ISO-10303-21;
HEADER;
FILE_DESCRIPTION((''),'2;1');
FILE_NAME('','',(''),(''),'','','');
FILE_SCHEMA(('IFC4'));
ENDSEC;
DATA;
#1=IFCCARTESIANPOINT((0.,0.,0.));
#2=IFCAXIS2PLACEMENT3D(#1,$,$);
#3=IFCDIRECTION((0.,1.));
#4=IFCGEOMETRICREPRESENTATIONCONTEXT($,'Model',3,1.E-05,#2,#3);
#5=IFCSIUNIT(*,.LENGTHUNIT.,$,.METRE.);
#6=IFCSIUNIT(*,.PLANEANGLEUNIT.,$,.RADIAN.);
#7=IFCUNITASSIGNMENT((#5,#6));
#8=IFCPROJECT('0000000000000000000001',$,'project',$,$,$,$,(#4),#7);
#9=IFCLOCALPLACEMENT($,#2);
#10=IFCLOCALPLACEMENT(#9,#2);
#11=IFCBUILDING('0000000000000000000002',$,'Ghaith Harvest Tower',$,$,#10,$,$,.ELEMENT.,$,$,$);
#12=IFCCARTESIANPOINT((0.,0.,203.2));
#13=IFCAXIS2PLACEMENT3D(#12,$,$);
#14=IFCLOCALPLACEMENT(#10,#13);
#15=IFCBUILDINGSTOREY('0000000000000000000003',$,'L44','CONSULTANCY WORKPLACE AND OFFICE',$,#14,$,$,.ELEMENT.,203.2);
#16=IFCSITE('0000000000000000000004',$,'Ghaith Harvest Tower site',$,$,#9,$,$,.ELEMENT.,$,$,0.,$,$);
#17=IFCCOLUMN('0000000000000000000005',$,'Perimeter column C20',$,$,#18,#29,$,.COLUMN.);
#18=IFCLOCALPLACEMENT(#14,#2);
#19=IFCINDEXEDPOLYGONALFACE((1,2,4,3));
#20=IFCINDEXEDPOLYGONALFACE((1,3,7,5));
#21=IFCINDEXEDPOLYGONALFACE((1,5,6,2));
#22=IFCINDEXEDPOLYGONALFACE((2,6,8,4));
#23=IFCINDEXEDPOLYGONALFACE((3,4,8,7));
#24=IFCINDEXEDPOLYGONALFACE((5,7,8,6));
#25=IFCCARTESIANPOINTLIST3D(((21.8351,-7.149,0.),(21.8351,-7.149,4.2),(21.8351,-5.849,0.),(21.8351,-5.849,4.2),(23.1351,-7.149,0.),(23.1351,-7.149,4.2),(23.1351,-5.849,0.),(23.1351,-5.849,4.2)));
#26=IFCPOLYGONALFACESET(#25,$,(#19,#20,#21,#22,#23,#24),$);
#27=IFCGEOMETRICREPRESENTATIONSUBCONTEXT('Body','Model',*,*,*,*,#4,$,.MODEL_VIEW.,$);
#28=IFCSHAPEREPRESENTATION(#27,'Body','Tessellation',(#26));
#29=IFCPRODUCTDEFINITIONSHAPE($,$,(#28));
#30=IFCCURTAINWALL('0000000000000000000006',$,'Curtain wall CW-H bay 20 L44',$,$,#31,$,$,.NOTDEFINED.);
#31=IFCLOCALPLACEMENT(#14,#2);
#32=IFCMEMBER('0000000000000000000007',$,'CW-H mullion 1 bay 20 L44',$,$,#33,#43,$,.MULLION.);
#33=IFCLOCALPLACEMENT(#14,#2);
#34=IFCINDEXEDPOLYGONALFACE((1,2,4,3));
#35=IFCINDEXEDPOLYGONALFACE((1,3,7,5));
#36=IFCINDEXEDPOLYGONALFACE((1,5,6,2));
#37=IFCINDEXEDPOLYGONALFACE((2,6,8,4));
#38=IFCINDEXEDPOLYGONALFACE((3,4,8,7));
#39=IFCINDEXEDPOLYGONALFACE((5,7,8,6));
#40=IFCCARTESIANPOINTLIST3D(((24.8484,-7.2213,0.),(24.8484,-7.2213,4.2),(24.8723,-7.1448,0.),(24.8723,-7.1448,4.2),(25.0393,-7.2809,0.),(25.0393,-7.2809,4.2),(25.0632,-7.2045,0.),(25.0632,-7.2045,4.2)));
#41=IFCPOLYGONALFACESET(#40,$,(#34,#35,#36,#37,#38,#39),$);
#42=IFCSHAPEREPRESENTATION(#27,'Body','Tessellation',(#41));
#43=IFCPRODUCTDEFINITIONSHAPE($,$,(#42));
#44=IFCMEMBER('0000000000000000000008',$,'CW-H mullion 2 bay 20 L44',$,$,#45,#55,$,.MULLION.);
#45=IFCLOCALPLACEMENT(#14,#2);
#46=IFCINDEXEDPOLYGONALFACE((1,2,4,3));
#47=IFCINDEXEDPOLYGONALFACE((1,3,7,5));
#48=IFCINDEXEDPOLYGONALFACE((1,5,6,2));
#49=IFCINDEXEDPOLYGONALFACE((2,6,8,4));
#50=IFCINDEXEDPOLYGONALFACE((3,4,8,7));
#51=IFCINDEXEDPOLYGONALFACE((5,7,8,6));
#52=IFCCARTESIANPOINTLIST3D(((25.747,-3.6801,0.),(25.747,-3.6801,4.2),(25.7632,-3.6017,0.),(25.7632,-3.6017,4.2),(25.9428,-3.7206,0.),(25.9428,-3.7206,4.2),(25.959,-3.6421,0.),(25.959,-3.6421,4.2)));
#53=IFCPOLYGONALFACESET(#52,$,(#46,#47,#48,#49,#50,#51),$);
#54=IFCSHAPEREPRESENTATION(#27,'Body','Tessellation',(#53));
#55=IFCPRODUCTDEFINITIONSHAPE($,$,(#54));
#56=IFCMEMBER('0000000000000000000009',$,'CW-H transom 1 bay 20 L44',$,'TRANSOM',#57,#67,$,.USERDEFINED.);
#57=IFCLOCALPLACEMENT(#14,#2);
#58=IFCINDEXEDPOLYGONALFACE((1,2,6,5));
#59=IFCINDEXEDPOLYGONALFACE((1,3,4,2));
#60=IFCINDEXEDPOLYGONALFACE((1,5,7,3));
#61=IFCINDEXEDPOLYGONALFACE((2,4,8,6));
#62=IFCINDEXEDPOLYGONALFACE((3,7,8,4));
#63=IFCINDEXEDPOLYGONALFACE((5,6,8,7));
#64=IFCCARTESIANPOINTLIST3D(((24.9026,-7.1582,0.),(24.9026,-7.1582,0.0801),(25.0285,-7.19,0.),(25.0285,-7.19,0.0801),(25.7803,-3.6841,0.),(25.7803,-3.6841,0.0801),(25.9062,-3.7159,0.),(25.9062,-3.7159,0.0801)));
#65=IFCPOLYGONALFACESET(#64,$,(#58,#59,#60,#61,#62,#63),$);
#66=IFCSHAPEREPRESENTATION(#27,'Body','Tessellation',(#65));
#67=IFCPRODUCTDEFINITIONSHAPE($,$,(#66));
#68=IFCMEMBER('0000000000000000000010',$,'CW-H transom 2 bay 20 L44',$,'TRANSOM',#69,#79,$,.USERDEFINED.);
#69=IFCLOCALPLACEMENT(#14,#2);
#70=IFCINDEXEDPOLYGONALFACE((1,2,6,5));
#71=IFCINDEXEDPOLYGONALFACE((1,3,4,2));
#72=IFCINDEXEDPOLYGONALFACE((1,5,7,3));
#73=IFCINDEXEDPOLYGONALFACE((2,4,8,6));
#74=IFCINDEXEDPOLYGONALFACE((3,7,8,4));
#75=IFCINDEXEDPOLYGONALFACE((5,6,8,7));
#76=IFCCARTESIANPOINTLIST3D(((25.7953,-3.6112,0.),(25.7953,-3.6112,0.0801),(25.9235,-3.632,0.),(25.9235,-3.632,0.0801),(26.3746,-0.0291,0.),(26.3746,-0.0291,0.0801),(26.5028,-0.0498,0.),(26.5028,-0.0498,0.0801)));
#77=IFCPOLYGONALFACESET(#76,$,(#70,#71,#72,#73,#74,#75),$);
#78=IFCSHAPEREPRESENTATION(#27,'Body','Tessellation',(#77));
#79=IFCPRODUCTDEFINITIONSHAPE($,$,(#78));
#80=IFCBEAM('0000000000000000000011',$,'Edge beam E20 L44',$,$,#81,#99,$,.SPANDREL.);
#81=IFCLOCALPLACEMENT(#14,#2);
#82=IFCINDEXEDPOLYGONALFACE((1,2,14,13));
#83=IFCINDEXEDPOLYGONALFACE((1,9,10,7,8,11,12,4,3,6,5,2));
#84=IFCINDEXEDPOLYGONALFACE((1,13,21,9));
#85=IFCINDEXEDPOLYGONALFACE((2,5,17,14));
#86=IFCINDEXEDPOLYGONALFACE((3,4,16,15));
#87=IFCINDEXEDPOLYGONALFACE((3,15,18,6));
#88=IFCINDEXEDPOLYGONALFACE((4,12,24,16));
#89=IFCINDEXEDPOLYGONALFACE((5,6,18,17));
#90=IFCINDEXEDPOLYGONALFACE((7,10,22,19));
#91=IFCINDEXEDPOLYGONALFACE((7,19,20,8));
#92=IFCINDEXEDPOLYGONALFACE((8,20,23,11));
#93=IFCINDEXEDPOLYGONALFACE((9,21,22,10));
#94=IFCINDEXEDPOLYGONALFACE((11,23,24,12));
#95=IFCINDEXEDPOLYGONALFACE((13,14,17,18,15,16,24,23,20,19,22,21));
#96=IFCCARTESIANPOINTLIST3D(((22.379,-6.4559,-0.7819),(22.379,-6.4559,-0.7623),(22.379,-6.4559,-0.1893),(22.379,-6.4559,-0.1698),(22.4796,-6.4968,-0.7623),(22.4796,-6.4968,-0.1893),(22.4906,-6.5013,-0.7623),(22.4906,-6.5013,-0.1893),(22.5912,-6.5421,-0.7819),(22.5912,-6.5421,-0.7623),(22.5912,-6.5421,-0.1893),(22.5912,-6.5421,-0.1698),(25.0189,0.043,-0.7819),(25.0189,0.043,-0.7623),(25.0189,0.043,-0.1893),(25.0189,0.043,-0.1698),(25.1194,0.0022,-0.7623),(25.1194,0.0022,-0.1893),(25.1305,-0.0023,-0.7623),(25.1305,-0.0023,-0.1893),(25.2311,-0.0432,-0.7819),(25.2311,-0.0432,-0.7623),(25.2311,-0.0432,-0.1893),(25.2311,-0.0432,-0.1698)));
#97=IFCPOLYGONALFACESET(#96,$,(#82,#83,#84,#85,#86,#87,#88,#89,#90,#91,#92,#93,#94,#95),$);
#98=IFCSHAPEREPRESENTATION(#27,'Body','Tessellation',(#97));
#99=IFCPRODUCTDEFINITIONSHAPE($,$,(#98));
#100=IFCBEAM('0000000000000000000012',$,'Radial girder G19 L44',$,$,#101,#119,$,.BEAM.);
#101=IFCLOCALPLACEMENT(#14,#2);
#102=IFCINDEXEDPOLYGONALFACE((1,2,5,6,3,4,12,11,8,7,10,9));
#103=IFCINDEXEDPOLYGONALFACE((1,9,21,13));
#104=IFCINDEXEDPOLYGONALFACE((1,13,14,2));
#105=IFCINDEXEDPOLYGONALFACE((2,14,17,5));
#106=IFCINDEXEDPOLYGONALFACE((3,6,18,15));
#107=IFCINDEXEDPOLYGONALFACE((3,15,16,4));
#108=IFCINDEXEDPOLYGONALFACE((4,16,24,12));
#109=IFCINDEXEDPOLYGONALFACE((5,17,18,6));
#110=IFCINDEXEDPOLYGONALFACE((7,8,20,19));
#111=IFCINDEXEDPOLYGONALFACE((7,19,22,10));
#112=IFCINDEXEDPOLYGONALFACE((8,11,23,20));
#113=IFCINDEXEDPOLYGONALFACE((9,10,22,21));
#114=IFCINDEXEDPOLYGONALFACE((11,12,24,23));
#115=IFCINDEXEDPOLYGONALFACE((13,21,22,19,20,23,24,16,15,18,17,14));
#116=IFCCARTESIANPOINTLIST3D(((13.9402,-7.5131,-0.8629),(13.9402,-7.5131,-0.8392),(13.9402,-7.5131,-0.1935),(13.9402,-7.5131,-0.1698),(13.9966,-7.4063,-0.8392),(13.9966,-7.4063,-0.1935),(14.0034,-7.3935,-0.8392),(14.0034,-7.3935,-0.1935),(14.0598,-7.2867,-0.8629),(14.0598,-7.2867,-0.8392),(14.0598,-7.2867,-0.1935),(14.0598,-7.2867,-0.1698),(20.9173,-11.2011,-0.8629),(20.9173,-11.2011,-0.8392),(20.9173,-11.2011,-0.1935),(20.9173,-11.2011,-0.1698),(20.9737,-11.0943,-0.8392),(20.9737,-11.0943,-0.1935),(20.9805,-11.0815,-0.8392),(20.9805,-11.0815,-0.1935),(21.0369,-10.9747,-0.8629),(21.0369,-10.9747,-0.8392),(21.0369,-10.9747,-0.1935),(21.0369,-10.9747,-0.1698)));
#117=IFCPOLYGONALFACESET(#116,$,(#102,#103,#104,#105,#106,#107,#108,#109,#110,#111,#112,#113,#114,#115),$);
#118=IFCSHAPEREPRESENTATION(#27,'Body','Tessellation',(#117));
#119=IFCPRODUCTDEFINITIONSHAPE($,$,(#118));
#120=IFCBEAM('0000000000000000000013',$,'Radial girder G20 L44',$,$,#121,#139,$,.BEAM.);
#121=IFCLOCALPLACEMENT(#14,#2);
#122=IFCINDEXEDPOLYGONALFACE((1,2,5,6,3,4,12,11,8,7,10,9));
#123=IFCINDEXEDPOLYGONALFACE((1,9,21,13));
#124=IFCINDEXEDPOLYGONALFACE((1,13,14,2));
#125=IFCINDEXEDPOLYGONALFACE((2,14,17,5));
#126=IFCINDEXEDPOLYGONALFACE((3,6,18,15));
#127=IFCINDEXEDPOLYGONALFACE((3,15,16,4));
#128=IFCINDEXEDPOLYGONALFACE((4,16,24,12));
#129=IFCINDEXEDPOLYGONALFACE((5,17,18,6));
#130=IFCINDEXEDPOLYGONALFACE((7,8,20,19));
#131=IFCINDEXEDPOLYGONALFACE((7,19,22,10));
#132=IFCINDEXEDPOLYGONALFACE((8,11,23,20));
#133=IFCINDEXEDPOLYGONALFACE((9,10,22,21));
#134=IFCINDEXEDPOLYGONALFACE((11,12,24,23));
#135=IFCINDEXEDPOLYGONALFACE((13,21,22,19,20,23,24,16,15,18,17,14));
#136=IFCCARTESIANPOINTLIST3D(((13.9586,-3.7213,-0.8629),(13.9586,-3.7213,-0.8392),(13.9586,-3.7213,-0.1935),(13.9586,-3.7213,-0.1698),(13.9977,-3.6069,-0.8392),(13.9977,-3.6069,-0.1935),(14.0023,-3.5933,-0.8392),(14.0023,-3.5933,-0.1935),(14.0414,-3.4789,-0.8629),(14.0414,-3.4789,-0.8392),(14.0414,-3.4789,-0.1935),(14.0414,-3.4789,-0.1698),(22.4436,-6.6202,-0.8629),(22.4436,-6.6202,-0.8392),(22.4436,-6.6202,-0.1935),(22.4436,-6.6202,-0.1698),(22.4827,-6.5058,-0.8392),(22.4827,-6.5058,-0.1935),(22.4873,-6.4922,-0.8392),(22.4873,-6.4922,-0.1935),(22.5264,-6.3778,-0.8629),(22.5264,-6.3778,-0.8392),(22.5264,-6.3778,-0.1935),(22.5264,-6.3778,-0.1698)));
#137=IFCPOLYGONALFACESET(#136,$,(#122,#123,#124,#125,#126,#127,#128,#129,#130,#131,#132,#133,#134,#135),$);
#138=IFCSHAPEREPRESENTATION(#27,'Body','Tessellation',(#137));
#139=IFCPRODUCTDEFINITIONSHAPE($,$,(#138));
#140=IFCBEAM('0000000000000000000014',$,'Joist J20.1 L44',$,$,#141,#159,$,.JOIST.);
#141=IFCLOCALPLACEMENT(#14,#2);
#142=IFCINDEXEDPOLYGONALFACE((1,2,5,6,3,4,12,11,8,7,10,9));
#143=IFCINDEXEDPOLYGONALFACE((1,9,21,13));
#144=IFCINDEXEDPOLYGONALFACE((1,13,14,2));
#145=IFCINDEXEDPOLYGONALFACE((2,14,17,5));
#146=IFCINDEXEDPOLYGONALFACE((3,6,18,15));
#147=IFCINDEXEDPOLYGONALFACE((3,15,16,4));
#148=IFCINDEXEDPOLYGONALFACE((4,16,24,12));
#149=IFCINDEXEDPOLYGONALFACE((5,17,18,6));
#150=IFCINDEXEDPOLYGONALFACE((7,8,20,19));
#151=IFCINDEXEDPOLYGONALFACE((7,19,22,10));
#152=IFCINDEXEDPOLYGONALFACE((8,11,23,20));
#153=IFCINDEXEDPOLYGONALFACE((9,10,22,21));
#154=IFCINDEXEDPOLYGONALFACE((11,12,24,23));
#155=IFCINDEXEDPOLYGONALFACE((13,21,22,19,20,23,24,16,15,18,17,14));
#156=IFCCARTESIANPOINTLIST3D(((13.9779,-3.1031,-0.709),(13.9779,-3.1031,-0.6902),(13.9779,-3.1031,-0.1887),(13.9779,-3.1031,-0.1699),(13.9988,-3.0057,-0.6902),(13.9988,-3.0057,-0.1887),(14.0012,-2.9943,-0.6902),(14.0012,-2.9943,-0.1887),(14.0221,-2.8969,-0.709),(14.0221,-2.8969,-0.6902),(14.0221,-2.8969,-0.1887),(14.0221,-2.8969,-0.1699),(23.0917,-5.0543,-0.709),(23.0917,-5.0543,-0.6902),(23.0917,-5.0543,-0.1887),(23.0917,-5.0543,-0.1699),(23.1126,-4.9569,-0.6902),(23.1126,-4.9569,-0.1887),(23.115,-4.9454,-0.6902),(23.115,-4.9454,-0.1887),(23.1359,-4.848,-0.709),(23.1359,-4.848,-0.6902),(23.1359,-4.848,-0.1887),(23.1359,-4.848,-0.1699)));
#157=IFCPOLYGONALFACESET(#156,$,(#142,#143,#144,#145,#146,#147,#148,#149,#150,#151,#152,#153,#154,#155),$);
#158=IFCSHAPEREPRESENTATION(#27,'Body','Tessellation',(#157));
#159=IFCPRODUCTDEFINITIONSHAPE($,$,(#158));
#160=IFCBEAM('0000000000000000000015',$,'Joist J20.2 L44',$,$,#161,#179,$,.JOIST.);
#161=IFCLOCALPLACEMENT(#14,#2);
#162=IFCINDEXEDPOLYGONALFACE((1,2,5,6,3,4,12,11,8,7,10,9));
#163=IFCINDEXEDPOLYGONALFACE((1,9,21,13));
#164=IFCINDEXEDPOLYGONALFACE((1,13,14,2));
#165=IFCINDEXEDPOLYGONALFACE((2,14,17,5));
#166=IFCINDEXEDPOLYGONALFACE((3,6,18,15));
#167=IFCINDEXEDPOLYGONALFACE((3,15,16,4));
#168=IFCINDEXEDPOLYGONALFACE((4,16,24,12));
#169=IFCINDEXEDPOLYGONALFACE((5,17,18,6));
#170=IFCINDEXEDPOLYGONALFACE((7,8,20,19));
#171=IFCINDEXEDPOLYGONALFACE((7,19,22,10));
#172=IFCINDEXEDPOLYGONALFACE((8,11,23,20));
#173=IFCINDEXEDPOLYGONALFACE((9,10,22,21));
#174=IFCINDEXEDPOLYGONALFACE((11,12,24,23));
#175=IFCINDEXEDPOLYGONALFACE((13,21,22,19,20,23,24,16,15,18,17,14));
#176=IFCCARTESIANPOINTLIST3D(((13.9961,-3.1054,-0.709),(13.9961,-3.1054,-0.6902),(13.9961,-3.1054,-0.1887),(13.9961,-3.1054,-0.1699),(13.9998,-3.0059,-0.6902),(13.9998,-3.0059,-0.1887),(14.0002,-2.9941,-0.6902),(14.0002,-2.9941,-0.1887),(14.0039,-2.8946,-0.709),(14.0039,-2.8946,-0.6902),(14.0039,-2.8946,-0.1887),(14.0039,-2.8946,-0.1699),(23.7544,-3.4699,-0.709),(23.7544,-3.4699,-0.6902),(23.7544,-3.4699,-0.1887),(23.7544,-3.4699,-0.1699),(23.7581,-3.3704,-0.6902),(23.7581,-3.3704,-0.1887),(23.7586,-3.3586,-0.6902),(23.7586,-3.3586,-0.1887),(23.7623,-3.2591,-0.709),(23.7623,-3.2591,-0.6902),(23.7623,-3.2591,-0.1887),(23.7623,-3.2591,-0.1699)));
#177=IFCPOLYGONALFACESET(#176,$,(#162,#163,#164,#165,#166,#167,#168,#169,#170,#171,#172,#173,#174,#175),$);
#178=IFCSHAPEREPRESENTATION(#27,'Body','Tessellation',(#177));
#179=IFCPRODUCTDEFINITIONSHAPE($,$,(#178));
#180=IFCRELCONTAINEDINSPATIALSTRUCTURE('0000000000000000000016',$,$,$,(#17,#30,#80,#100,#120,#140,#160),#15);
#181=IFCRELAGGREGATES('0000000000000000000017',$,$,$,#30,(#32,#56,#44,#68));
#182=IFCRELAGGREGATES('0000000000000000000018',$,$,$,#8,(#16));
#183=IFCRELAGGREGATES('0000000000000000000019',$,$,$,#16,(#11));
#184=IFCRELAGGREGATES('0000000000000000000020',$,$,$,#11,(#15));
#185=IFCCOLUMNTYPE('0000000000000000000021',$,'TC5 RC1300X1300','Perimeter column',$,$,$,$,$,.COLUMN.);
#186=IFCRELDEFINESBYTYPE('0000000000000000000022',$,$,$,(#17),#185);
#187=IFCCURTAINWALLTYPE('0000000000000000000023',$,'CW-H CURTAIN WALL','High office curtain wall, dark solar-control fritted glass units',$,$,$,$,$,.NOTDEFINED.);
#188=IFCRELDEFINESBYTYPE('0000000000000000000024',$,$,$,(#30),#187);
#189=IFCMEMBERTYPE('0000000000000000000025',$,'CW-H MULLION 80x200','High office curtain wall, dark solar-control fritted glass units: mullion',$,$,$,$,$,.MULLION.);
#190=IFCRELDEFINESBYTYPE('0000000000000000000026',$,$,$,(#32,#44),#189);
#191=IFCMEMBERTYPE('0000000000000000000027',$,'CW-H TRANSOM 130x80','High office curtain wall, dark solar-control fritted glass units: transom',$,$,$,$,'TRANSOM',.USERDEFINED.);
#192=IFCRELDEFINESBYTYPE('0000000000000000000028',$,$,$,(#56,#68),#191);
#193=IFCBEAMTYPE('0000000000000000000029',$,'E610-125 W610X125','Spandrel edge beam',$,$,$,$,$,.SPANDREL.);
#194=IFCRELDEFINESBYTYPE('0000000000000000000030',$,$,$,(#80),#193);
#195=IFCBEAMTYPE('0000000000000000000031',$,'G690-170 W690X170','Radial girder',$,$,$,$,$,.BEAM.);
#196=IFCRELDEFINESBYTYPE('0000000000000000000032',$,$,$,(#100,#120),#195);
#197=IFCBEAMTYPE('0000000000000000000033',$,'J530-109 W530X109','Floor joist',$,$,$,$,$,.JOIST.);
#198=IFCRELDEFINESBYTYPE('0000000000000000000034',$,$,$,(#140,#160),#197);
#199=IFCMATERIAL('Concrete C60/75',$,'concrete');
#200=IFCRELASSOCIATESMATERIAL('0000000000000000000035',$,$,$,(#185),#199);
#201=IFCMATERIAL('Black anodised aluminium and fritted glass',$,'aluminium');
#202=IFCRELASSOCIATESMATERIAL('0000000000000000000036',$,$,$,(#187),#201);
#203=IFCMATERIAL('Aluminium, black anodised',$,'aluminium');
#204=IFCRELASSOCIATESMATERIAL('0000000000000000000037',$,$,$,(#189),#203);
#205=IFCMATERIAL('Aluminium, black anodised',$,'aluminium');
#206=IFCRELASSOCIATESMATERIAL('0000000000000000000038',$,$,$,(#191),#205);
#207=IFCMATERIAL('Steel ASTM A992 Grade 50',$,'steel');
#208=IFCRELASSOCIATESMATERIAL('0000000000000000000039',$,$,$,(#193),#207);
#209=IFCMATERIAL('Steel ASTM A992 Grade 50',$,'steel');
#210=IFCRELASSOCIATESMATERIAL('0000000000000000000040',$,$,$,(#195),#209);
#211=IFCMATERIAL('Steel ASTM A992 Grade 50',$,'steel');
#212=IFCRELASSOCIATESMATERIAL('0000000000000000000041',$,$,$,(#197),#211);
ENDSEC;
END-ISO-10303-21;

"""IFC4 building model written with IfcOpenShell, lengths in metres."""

from ifc_helpers import new_model, si_unit, direction, frame, origin, origin_2d, place, context, subcontext, project, spatial, rectangle, i_section, extrude, material, material_profile, profile_set, type_object, element, aggregate, save


model = new_model("IFC4")

# Units and contexts
model_context = context("Model", 3, precision=1e-05, world=origin(), true_north=direction((0.0, 1.0)))
body_context = subcontext(model_context, "Body", "Model", "MODEL_VIEW")
ifc_project = project(units=[si_unit("LENGTHUNIT", "METRE"), si_unit("PLANEANGLEUNIT", "RADIAN")], contexts=[model_context])

# Site, building, storey
site_placement = place(None, origin())
site = spatial("IfcSite", under=ifc_project, at=site_placement, Name="Ghaith Harvest Tower site", CompositionType="ELEMENT", RefElevation=0.0)
building_placement = place(site_placement, origin())
building = spatial("IfcBuilding", under=site, at=building_placement, Name="Ghaith Harvest Tower", CompositionType="ELEMENT")
storey_placement = place(building_placement, frame((0.0, 0.0, 203.2)))
storey = spatial("IfcBuildingStorey", under=building, at=storey_placement, Name="L44", Description="CONSULTANCY WORKPLACE AND OFFICE", CompositionType="ELEMENT", Elevation=203.2)

# Column
ifc_material_1 = material(Name="Concrete C60/75", Category="concrete")
ifc_material_profile_1 = material_profile(ifc_material_1, rectangle(XDim=1.3, YDim=1.3, at=origin_2d()), Name="RC1300X1300")
ifc_profile_set_1 = profile_set([ifc_material_profile_1], Name="Concrete C60/75")
column_type = type_object("IfcColumnType", Name="TC5 RC1300X1300", Description="Perimeter column", PredefinedType="COLUMN", material=ifc_profile_set_1)
column_placement = place(storey_placement, frame((22.4851, -6.499, 0.0), z_axis=(0.0, 0.0, 1.0), x_axis=(1.0, 0.0, 0.0)))
element("IfcColumn", 1, at=column_placement, inside=storey, type_object=column_type, Name="Perimeter column C20", PredefinedType="COLUMN", context=body_context, shape_type="SweptSolid", body=[
    extrude(rectangle(XDim=1.3, YDim=1.3, at=origin_2d()), origin(), (0.0, 0.0, 1.0), 4.2),
])

# Curtain wall, members
ifc_material_2 = material(Name="Black anodised aluminium and fritted glass", Category="aluminium")
curtain_wall_type = type_object("IfcCurtainWallType", Name="CW-H CURTAIN WALL", Description="High office curtain wall, dark solar-control fritted glass units", PredefinedType="NOTDEFINED", material=ifc_material_2)
curtain_wall_1_placement = place(storey_placement, origin())
curtain_wall_1 = element("IfcCurtainWall", 2, at=curtain_wall_1_placement, inside=storey, type_object=curtain_wall_type, Name="Curtain wall CW-H bay 20 L44", PredefinedType="NOTDEFINED")
ifc_material_3 = material(Name="Aluminium, black anodised", Category="aluminium")
ifc_material_profile_2 = material_profile(ifc_material_3, rectangle(XDim=0.0801, YDim=0.2, at=origin_2d()), Name="CW-H MULLION 80x200")
ifc_profile_set_2 = profile_set([ifc_material_profile_2], Name="Aluminium, black anodised")
member_type_1 = type_object("IfcMemberType", Name="CW-H MULLION 80x200", Description="High office curtain wall, dark solar-control fritted glass units: mullion", PredefinedType="MULLION", material=ifc_profile_set_2)
member_1_placement = place(storey_placement, frame((24.9558, -7.2129, 0.0), z_axis=(0.0, 0.0, 1.0), x_axis=(0.298442, 0.954428, 0.0)))
member_1 = element("IfcMember", 3, at=member_1_placement, type_object=member_type_1, Name="CW-H mullion 1 bay 20 L44", PredefinedType="MULLION", context=body_context, shape_type="SweptSolid", body=[
    extrude(rectangle(XDim=0.0801, YDim=0.2, at=origin_2d()), origin(), (0.0, 0.0, 1.0), 4.2),
])
member_2_placement = place(storey_placement, frame((25.853, -3.6611, 0.0), z_axis=(0.0, 0.0, 1.0), x_axis=(0.202192, 0.979346, 0.0)))
member_2 = element("IfcMember", 4, at=member_2_placement, type_object=member_type_1, Name="CW-H mullion 2 bay 20 L44", PredefinedType="MULLION", context=body_context, shape_type="SweptSolid", body=[
    extrude(rectangle(XDim=0.0801, YDim=0.2, at=origin_2d()), origin(), (0.0, 0.0, 1.0), 4.2),
])
ifc_material_4 = material(Name="Aluminium, black anodised", Category="aluminium")
ifc_material_profile_3 = material_profile(ifc_material_4, rectangle(XDim=0.1299, YDim=0.0801, at=origin_2d()), Name="CW-H TRANSOM 130x80")
ifc_profile_set_3 = profile_set([ifc_material_profile_3], Name="Aluminium, black anodised")
member_type_2 = type_object("IfcMemberType", Name="CW-H TRANSOM 130x80", Description="High office curtain wall, dark solar-control fritted glass units: transom", ElementType="TRANSOM", PredefinedType="USERDEFINED", material=ifc_profile_set_3)
member_3_placement = place(storey_placement, frame((24.9656, -7.1741, 0.04), z_axis=(0.24494, 0.969538, 0.0), x_axis=(-0.969538, 0.24494, 0.0)))
member_3 = element("IfcMember", 5, at=member_3_placement, type_object=member_type_2, Name="CW-H transom 1 bay 20 L44", ObjectType="TRANSOM", PredefinedType="USERDEFINED", context=body_context, shape_type="SweptSolid", body=[
    extrude(rectangle(XDim=0.1299, YDim=0.0801, at=origin_2d()), origin(), (0.0, 0.0, 1.0), 3.5833),
])
member_4_placement = place(storey_placement, frame((25.8594, -3.6216, 0.04), z_axis=(0.159662, 0.987172, 0.0), x_axis=(-0.987172, 0.159662, 0.0)))
member_4 = element("IfcMember", 6, at=member_4_placement, type_object=member_type_2, Name="CW-H transom 2 bay 20 L44", ObjectType="TRANSOM", PredefinedType="USERDEFINED", context=body_context, shape_type="SweptSolid", body=[
    extrude(rectangle(XDim=0.1299, YDim=0.0801, at=origin_2d()), origin(), (0.0, 0.0, 1.0), 3.6287),
])

# Beams
ifc_material_5 = material(Name="Steel ASTM A992 Grade 50", Category="steel")
ifc_material_profile_4 = material_profile(ifc_material_5, i_section(OverallWidth=0.229, OverallDepth=0.6121, WebThickness=0.012, FlangeThickness=0.0195, at=origin_2d()), Name="W610X125")
ifc_profile_set_4 = profile_set([ifc_material_profile_4], Name="Steel ASTM A992 Grade 50")
beam_type_1 = type_object("IfcBeamType", Name="E610-125 W610X125", Description="Spandrel edge beam", PredefinedType="SPANDREL", material=ifc_profile_set_4)
beam_1_placement = place(storey_placement, frame((22.4851, -6.499, -0.4758), z_axis=(0.376336, 0.926483, 0.0), x_axis=(-0.926483, 0.376336, 0.0)))
element("IfcBeam", 7, at=beam_1_placement, inside=storey, type_object=beam_type_1, Name="Edge beam E20 L44", PredefinedType="SPANDREL", context=body_context, shape_type="SweptSolid", body=[
    extrude(i_section(OverallWidth=0.229, OverallDepth=0.6121, WebThickness=0.012, FlangeThickness=0.0195, at=origin_2d()), origin(), (0.0, 0.0, 1.0), 7.0146),
])
ifc_material_6 = material(Name="Steel ASTM A992 Grade 50", Category="steel")
ifc_material_profile_5 = material_profile(ifc_material_6, i_section(OverallWidth=0.2561, OverallDepth=0.6931, WebThickness=0.0144, FlangeThickness=0.0237, at=origin_2d()), Name="W690X170")
ifc_profile_set_5 = profile_set([ifc_material_profile_5], Name="Steel ASTM A992 Grade 50")
beam_type_2 = type_object("IfcBeamType", Name="G690-170 W690X170", Description="Radial girder", PredefinedType="BEAM", material=ifc_profile_set_5)
beam_2_placement = place(storey_placement, frame((14.0, -7.3999, -0.5164), z_axis=(0.884089, -0.467319, 0.0), x_axis=(0.467319, 0.884089, 0.0)))
element("IfcBeam", 8, at=beam_2_placement, inside=storey, type_object=beam_type_2, Name="Radial girder G19 L44", PredefinedType="BEAM", context=body_context, shape_type="SweptSolid", body=[
    extrude(i_section(OverallWidth=0.2561, OverallDepth=0.6931, WebThickness=0.0144, FlangeThickness=0.0237, at=origin_2d()), origin(), (0.0, 0.0, 1.0), 7.8918),
])
beam_3_placement = place(storey_placement, frame((14.0, -3.6001, -0.5164), z_axis=(0.946296, -0.323301, 0.0), x_axis=(0.323301, 0.946296, 0.0)))
element("IfcBeam", 9, at=beam_3_placement, inside=storey, type_object=beam_type_2, Name="Radial girder G20 L44", PredefinedType="BEAM", context=body_context, shape_type="SweptSolid", body=[
    extrude(i_section(OverallWidth=0.2561, OverallDepth=0.6931, WebThickness=0.0144, FlangeThickness=0.0237, at=origin_2d()), origin(), (0.0, 0.0, 1.0), 8.9666),
])
ifc_material_7 = material(Name="Steel ASTM A992 Grade 50", Category="steel")
ifc_material_profile_6 = material_profile(ifc_material_7, i_section(OverallWidth=0.2109, OverallDepth=0.5391, WebThickness=0.0117, FlangeThickness=0.0188, at=origin_2d()), Name="W530X109")
ifc_profile_set_6 = profile_set([ifc_material_profile_6], Name="Steel ASTM A992 Grade 50")
beam_type_3 = type_object("IfcBeamType", Name="J530-109 W530X109", Description="Floor joist", PredefinedType="JOIST", material=ifc_profile_set_6)
beam_4_placement = place(storey_placement, frame((14.0, -3.0, -0.4395), z_axis=(0.977841, -0.209347, 0.0), x_axis=(0.209347, 0.977841, 0.0)))
element("IfcBeam", 10, at=beam_4_placement, inside=storey, type_object=beam_type_3, Name="Joist J20.1 L44", PredefinedType="JOIST", context=body_context, shape_type="SweptSolid", body=[
    extrude(i_section(OverallWidth=0.2109, OverallDepth=0.5391, WebThickness=0.0117, FlangeThickness=0.0188, at=origin_2d()), origin(), (0.0, 0.0, 1.0), 9.3203),
])
beam_5_placement = place(storey_placement, frame((14.0, -3.0, -0.4395), z_axis=(0.999303, -0.037327, 0.0), x_axis=(0.037327, 0.999303, 0.0)))
element("IfcBeam", 11, at=beam_5_placement, inside=storey, type_object=beam_type_3, Name="Joist J20.2 L44", PredefinedType="JOIST", context=body_context, shape_type="SweptSolid", body=[
    extrude(i_section(OverallWidth=0.2109, OverallDepth=0.5391, WebThickness=0.0117, FlangeThickness=0.0188, at=origin_2d()), origin(), (0.0, 0.0, 1.0), 9.7651),
])

aggregate(curtain_wall_1, [member_1, member_3, member_2, member_4])

save(model, "model.ifc")
